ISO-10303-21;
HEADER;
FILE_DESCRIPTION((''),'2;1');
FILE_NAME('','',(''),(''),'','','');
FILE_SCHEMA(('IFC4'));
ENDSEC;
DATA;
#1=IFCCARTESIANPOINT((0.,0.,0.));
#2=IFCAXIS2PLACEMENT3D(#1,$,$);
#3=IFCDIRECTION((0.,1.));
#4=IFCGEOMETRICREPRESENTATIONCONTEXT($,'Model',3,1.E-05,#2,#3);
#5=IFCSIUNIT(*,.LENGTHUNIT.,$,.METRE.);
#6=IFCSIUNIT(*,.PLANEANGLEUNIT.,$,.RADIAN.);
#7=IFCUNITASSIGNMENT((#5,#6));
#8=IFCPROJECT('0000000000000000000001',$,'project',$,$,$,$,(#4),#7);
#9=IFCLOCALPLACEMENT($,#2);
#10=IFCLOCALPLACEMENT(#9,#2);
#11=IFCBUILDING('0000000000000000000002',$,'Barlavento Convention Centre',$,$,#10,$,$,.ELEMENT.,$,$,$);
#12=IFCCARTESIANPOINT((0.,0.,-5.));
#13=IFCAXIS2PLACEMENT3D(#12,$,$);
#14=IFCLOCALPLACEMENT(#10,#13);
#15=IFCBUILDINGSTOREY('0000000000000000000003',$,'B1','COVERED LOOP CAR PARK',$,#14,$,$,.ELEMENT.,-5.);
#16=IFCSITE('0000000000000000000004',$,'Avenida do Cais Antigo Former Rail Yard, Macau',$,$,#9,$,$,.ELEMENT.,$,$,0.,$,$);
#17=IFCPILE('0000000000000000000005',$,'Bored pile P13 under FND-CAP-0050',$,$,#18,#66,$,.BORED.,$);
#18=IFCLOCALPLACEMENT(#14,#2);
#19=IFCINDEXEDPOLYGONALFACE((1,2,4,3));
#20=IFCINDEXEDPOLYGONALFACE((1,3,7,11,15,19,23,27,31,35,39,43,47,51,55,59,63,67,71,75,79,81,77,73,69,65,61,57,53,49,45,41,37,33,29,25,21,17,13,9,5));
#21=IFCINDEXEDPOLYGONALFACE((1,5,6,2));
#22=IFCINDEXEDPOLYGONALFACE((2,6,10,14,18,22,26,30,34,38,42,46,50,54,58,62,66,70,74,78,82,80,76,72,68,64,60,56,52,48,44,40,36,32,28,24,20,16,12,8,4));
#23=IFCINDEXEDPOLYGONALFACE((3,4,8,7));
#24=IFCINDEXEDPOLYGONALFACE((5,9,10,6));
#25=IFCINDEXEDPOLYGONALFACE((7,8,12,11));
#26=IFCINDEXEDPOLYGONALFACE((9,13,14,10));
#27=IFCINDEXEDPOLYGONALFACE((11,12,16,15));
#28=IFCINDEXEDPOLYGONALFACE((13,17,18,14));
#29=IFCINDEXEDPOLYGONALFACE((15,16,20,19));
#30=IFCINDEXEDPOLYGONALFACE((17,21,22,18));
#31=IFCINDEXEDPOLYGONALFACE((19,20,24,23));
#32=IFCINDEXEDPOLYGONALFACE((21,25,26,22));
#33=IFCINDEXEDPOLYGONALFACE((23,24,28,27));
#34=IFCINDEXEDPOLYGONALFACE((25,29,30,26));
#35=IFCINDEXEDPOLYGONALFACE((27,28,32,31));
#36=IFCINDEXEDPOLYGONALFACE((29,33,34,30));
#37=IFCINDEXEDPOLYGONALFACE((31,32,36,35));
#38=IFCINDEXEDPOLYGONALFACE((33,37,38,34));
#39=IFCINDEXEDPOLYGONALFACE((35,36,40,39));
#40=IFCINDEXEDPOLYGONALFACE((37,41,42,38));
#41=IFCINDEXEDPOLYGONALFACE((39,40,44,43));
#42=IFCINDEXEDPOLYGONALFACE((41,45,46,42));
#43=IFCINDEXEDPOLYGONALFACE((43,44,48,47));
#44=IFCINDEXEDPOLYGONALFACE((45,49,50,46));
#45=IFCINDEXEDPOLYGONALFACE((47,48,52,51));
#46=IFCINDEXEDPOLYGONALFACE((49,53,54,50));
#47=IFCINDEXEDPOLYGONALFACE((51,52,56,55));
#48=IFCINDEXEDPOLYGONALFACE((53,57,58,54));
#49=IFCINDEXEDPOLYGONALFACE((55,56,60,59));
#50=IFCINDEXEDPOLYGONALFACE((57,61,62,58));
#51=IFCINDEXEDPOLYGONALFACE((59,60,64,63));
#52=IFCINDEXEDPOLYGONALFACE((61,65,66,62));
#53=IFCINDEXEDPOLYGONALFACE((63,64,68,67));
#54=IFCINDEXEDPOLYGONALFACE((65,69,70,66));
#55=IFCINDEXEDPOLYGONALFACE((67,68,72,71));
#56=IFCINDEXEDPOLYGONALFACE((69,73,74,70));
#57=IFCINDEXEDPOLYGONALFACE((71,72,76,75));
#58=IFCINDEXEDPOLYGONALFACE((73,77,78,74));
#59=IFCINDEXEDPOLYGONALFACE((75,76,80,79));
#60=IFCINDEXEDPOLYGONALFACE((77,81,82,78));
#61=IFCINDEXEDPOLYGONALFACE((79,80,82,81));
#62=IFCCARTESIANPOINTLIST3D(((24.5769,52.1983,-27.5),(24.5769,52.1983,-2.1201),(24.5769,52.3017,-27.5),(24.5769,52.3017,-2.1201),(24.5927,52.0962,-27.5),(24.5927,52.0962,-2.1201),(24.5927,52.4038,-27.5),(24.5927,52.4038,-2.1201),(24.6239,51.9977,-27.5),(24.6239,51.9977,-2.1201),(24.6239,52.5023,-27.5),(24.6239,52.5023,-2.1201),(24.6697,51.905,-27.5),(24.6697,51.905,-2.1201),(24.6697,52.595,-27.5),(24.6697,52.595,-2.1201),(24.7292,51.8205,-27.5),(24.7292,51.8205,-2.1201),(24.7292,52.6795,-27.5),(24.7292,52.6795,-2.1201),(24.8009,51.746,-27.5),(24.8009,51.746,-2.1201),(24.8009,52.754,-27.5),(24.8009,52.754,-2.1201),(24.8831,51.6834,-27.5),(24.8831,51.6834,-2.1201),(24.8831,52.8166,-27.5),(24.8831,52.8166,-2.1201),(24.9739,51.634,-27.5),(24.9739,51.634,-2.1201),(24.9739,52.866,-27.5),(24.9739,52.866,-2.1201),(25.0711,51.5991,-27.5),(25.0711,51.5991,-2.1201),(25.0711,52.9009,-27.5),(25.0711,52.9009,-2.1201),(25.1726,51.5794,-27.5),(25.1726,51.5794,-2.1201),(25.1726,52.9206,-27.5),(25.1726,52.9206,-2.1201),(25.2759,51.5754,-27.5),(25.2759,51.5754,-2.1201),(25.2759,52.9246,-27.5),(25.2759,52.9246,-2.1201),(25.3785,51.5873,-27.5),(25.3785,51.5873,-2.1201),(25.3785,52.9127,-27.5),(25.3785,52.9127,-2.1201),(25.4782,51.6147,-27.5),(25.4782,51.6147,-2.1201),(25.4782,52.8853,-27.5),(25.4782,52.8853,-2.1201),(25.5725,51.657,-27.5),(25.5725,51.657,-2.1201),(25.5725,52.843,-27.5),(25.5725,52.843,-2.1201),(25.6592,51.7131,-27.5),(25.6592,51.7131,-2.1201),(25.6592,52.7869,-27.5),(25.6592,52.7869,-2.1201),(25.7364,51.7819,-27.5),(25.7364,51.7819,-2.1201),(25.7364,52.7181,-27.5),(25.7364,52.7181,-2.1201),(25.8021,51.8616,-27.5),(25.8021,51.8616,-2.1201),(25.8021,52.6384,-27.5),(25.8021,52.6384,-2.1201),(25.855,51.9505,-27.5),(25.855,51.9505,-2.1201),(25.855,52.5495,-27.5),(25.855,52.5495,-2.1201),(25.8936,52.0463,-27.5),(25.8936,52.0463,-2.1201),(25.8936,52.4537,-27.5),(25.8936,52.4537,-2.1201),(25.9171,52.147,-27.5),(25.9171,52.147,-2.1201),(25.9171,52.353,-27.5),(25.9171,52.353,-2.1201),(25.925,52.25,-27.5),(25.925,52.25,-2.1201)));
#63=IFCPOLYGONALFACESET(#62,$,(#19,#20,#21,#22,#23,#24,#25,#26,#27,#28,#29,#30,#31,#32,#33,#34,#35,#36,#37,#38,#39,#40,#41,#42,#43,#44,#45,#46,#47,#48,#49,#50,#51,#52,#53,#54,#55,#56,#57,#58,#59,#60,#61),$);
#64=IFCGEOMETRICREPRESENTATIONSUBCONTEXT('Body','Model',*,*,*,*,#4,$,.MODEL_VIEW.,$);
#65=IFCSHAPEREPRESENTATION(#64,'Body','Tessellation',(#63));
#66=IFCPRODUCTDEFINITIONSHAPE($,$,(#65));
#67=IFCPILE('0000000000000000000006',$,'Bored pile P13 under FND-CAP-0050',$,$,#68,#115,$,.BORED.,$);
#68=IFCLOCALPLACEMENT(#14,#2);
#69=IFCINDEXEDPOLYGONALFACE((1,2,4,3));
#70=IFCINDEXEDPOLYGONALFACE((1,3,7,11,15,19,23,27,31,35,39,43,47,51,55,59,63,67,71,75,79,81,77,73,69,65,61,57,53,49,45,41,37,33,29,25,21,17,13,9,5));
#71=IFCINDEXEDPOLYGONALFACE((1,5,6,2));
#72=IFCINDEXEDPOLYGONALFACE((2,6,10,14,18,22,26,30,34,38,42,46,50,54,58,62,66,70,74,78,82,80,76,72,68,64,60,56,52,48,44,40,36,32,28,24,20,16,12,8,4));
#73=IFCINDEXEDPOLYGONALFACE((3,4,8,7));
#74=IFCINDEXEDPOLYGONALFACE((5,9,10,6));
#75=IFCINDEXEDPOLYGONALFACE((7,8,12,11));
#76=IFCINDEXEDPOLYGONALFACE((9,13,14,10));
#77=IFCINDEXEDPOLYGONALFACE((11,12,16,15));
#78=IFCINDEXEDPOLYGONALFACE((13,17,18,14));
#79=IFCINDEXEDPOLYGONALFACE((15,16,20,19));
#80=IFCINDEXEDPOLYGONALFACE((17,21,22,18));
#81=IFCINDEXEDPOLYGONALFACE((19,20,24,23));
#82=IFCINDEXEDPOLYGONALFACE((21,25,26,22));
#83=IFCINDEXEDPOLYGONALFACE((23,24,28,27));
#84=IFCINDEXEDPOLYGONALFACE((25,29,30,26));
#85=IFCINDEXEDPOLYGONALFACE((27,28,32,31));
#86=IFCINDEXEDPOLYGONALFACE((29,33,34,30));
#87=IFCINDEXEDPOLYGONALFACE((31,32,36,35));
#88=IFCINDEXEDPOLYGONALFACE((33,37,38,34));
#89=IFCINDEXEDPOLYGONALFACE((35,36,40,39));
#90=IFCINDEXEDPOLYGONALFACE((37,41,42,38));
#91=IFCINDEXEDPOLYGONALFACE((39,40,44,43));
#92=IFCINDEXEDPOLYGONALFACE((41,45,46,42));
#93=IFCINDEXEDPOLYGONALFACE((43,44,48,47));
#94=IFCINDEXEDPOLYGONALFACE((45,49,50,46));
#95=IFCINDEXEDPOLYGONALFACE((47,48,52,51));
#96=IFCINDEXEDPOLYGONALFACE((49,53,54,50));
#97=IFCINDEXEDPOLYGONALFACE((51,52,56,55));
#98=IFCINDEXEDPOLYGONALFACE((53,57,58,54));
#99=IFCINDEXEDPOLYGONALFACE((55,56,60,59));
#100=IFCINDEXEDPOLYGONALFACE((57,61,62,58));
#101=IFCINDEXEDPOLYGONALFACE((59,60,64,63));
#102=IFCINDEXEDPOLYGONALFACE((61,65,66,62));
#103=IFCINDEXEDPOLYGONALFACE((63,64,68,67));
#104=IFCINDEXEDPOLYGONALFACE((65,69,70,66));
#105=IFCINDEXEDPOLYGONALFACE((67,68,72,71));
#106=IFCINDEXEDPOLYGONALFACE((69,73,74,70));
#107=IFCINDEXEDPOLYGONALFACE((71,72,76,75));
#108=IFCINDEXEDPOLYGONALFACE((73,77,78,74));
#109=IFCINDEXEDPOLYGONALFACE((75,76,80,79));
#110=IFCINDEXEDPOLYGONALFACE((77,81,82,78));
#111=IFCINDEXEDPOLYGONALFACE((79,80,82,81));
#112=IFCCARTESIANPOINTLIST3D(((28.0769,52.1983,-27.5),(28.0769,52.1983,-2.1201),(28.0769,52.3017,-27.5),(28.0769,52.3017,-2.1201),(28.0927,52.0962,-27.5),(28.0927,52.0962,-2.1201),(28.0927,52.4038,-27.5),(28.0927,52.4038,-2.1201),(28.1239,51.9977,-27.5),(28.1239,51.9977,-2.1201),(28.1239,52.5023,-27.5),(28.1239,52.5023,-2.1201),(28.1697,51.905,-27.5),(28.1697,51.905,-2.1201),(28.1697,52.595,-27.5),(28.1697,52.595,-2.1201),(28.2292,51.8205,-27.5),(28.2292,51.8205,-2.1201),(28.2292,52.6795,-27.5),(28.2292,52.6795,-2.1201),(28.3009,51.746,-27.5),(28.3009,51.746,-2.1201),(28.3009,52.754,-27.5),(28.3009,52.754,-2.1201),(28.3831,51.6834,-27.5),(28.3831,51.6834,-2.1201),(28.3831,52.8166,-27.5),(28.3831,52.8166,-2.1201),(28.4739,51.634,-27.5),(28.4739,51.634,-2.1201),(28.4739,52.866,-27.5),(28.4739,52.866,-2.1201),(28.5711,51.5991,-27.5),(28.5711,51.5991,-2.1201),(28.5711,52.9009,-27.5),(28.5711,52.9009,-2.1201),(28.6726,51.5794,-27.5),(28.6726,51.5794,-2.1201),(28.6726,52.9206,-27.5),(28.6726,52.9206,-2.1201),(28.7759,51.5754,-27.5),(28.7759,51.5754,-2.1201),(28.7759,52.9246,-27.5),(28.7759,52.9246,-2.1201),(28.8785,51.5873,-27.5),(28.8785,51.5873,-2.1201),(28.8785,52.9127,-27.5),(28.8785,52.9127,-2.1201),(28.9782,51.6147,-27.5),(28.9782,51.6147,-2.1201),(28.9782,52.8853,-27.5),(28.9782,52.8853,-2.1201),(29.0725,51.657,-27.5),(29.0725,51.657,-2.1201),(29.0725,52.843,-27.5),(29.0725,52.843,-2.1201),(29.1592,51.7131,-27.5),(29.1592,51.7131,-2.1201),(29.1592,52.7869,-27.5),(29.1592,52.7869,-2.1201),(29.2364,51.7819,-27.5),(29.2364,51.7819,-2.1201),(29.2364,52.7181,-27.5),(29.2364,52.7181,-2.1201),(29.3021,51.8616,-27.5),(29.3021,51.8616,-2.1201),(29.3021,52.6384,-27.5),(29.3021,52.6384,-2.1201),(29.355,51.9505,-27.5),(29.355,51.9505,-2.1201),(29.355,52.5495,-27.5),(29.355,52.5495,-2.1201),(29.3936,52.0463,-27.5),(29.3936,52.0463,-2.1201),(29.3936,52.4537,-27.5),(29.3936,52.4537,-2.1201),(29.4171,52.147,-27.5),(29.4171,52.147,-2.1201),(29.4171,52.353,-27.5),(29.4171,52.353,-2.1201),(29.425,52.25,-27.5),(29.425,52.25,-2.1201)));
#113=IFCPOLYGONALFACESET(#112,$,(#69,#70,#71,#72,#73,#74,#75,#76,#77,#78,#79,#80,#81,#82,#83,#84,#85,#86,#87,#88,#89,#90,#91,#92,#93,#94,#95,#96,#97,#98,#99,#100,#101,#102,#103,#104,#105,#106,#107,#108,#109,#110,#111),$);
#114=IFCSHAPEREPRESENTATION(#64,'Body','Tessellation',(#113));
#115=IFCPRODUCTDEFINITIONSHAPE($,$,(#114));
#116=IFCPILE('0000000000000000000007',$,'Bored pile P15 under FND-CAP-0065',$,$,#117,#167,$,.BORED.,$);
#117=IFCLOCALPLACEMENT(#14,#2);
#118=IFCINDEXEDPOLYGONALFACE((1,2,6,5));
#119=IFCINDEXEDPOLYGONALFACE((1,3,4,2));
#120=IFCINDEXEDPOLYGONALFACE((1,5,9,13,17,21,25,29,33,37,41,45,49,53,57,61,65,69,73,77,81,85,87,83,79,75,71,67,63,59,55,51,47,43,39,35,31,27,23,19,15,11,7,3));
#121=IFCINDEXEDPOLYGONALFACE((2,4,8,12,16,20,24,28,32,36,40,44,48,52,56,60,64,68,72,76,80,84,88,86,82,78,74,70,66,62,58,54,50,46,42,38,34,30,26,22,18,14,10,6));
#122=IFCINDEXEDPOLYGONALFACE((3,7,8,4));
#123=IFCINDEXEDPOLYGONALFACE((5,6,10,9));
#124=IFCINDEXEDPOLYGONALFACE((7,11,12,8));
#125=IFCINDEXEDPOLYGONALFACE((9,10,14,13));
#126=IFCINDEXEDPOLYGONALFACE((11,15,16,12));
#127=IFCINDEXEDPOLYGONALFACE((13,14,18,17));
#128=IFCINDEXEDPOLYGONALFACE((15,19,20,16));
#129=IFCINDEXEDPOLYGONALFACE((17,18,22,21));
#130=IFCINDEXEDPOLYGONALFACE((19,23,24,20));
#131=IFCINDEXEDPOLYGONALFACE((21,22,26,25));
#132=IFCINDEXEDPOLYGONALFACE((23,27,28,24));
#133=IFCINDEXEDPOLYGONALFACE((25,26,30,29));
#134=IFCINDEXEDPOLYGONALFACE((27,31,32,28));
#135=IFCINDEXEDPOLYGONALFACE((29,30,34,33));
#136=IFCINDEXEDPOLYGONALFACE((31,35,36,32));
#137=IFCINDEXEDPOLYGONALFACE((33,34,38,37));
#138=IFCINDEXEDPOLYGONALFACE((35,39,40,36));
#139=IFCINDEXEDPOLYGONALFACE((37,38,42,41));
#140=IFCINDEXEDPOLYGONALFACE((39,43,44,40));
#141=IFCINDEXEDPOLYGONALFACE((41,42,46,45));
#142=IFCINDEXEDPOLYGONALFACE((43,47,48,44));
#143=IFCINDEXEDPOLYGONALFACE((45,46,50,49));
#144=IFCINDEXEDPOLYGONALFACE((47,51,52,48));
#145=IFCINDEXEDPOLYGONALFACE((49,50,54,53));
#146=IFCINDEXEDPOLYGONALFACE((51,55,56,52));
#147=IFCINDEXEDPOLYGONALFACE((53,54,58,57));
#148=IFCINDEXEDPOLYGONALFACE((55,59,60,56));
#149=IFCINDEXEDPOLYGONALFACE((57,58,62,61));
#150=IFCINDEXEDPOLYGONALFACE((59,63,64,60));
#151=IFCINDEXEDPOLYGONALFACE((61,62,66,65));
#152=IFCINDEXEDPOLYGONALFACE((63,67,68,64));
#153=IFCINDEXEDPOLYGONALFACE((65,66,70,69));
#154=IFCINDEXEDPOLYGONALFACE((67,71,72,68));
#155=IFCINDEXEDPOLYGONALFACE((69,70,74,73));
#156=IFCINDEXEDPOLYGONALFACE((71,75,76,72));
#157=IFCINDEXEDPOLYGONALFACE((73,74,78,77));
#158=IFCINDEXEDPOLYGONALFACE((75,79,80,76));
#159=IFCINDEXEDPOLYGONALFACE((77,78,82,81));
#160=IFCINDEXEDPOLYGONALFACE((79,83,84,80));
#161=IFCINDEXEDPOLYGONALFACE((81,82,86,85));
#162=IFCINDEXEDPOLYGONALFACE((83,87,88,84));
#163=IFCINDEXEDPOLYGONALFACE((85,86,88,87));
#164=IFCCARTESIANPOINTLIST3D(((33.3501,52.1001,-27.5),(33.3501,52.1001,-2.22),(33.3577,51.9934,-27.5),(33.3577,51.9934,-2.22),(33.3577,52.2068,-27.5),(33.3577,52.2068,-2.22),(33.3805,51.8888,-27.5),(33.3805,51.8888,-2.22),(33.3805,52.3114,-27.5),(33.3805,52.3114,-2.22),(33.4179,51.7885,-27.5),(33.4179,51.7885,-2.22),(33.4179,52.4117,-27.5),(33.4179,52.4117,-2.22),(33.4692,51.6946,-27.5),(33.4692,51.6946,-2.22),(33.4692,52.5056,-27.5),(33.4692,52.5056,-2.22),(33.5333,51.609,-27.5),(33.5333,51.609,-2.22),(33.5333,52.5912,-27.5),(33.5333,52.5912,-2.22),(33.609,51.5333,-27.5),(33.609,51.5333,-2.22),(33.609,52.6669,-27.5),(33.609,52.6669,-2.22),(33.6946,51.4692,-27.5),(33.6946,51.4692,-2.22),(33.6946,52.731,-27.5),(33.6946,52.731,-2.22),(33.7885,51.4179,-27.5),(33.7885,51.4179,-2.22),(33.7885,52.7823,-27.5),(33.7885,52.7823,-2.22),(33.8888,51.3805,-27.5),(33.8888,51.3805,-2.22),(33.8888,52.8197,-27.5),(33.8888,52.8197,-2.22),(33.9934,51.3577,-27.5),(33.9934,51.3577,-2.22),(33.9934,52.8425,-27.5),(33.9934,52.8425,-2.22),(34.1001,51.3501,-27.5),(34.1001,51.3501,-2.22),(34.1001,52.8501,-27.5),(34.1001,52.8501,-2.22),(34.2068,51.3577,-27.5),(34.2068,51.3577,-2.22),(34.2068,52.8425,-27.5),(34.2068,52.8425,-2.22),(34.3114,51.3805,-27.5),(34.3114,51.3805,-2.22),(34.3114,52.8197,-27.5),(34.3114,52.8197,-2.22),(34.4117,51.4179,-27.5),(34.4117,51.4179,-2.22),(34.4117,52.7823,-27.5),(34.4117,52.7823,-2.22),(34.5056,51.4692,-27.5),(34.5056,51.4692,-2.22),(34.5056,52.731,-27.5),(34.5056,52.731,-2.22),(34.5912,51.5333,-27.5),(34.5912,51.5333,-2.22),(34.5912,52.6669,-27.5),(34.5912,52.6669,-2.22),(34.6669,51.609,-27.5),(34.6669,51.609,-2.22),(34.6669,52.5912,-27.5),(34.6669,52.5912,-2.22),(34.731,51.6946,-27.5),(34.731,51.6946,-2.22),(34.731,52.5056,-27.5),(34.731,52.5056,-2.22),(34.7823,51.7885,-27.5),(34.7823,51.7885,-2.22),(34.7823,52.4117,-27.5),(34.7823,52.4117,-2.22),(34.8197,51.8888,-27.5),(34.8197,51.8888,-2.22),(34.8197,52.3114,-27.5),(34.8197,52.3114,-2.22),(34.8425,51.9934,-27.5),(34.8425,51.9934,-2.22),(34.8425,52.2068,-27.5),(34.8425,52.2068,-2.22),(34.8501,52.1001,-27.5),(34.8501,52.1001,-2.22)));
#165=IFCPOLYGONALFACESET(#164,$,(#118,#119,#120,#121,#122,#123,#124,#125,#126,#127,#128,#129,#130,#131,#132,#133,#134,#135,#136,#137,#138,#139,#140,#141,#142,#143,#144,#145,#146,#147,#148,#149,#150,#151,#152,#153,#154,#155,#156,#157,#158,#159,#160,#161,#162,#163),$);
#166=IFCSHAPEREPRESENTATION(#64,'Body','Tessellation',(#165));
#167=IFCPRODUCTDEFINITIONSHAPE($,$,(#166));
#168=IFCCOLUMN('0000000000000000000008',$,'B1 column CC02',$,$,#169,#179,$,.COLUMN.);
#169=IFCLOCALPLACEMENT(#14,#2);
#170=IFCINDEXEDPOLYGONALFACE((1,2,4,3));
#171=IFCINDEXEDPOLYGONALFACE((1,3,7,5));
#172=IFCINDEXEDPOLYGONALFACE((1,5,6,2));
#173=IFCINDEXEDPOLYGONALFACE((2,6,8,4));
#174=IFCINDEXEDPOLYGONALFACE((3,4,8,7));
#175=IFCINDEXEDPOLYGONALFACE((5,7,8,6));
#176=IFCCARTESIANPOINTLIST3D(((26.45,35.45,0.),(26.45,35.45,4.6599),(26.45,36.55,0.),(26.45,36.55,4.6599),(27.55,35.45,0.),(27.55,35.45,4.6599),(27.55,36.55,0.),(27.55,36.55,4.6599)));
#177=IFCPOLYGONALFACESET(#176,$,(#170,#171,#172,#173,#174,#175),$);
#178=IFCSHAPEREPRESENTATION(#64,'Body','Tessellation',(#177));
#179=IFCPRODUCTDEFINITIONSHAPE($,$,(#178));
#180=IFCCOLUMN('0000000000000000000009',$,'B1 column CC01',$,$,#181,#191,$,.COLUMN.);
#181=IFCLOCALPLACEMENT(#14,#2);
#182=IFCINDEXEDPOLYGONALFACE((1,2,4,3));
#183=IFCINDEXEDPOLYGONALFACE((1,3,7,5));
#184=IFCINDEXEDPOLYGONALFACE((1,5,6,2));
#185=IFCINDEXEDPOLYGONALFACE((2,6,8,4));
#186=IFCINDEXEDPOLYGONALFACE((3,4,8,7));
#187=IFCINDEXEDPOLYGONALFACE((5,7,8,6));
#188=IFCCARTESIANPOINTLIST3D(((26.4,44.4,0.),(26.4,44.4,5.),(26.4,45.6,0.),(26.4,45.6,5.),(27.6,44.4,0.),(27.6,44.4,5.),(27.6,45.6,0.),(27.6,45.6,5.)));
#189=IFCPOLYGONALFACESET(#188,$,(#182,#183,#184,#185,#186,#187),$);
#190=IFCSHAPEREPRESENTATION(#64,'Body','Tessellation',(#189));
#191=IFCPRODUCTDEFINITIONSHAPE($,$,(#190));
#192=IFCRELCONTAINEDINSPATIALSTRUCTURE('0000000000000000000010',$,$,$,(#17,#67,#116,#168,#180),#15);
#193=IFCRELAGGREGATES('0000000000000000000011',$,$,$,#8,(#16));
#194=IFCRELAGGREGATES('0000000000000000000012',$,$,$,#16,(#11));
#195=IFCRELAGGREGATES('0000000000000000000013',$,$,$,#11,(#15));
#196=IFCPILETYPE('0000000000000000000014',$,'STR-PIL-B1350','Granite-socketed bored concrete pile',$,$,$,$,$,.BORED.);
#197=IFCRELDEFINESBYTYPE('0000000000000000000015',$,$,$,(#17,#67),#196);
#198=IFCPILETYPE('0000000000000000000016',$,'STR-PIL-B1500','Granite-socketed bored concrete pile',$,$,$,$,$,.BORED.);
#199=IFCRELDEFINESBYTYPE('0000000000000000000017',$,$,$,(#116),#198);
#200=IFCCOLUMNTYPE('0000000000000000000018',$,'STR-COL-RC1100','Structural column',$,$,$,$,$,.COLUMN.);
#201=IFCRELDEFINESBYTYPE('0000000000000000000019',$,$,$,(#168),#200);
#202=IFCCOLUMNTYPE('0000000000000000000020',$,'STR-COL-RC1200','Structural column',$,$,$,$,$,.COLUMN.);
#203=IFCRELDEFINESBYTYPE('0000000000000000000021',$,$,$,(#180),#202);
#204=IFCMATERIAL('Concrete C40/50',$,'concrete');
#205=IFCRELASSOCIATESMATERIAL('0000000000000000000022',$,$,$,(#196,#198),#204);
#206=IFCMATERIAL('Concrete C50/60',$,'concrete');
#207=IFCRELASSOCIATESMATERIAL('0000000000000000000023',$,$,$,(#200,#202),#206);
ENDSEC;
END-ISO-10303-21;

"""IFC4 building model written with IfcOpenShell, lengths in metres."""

from ifc_helpers import new_model, si_unit, direction, frame, origin, origin_2d, place, context, subcontext, project, spatial, rectangle, circle, extrude, material, material_profile, profile_set, type_object, element, save


model = new_model("IFC4")

# Units and contexts
model_context = context("Model", 3, precision=1e-05, world=origin(), true_north=direction((0.0, 1.0)))
body_context = subcontext(model_context, "Body", "Model", "MODEL_VIEW")
ifc_project = project(units=[si_unit("LENGTHUNIT", "METRE"), si_unit("PLANEANGLEUNIT", "RADIAN")], contexts=[model_context])

# Site, building, storey
site_placement = place(None, origin())
site = spatial("IfcSite", under=ifc_project, at=site_placement, Name="Avenida do Cais Antigo Former Rail Yard, Macau", CompositionType="ELEMENT", RefElevation=0.0)
building_placement = place(site_placement, origin())
building = spatial("IfcBuilding", under=site, at=building_placement, Name="Barlavento Convention Centre", CompositionType="ELEMENT")
storey_placement = place(building_placement, frame((0.0, 0.0, -5.0)))
storey = spatial("IfcBuildingStorey", under=building, at=storey_placement, Name="B1", Description="COVERED LOOP CAR PARK", CompositionType="ELEMENT", Elevation=-5.0)

# Shared definitions
ifc_material_1 = material(Name="Concrete C40/50", Category="concrete")

# Piles
ifc_material_profile_1 = material_profile(ifc_material_1, circle(Radius=0.675, at=origin_2d()), Name="BORED PILE 1350")
ifc_profile_set_1 = profile_set([ifc_material_profile_1], Name="Concrete C40/50")
pile_type_1 = type_object("IfcPileType", Name="STR-PIL-B1350", Description="Granite-socketed bored concrete pile", PredefinedType="BORED", material=ifc_profile_set_1)
for number, where, z_axis, x_axis, name in (
    (1, (25.25, 52.25, -2.1201), (0.0, 0.0, -1.0), (1.0, 0.0, 0.0), "Bored pile P13 under FND-CAP-0050"),
    (2, (28.75, 52.25, -2.1201), (0.0, 0.0, -1.0), (1.0, 0.0, 0.0), "Bored pile P13 under FND-CAP-0050"),
):
    element("IfcPile", number, at=place(storey_placement, frame(where, z_axis=z_axis, x_axis=x_axis)), inside=storey, type_object=pile_type_1, Name=name, PredefinedType="BORED", context=body_context, shape_type="SweptSolid", body=[
        extrude(circle(Radius=0.675, at=origin_2d()), origin(), (0.0, 0.0, 1.0), 25.3799),
    ])
ifc_material_profile_2 = material_profile(ifc_material_1, circle(Radius=0.75, at=origin_2d()), Name="BORED PILE 1500")
ifc_profile_set_2 = profile_set([ifc_material_profile_2], Name="Concrete C40/50")
pile_type_2 = type_object("IfcPileType", Name="STR-PIL-B1500", Description="Granite-socketed bored concrete pile", PredefinedType="BORED", material=ifc_profile_set_2)
pile_placement = place(storey_placement, frame((34.1001, 52.1001, -2.22), z_axis=(0.0, 0.0, -1.0), x_axis=(1.0, 0.0, 0.0)))
element("IfcPile", 3, at=pile_placement, inside=storey, type_object=pile_type_2, Name="Bored pile P15 under FND-CAP-0065", PredefinedType="BORED", context=body_context, shape_type="SweptSolid", body=[
    extrude(circle(Radius=0.75, at=origin_2d()), origin(), (0.0, 0.0, 1.0), 25.28),
])

# Columns
ifc_material_2 = material(Name="Concrete C50/60", Category="concrete")
ifc_material_profile_3 = material_profile(ifc_material_2, rectangle(XDim=1.1001, YDim=1.1001, at=origin_2d()), Name="RC 1100x1100")
ifc_profile_set_3 = profile_set([ifc_material_profile_3], Name="Concrete C50/60")
column_type_1 = type_object("IfcColumnType", Name="STR-COL-RC1100", Description="Structural column", PredefinedType="COLUMN", material=ifc_profile_set_3)
column_1_placement = place(storey_placement, frame((27.0, 36.0, 0.0), z_axis=(0.0, 0.0, 1.0), x_axis=(1.0, 0.0, 0.0)))
element("IfcColumn", 4, at=column_1_placement, inside=storey, type_object=column_type_1, Name="B1 column CC02", PredefinedType="COLUMN", context=body_context, shape_type="SweptSolid", body=[
    extrude(rectangle(XDim=1.1001, YDim=1.1001, at=origin_2d()), origin(), (0.0, 0.0, 1.0), 4.6599),
])
ifc_material_profile_4 = material_profile(ifc_material_2, rectangle(XDim=1.2, YDim=1.2, at=origin_2d()), Name="RC 1200x1200")
ifc_profile_set_4 = profile_set([ifc_material_profile_4], Name="Concrete C50/60")
column_type_2 = type_object("IfcColumnType", Name="STR-COL-RC1200", Description="Structural column", PredefinedType="COLUMN", material=ifc_profile_set_4)
column_2_placement = place(storey_placement, frame((27.0, 45.0, 0.0), z_axis=(0.0, 0.0, 1.0), x_axis=(1.0, 0.0, 0.0)))
element("IfcColumn", 5, at=column_2_placement, inside=storey, type_object=column_type_2, Name="B1 column CC01", PredefinedType="COLUMN", context=body_context, shape_type="SweptSolid", body=[
    extrude(rectangle(XDim=1.2, YDim=1.2, at=origin_2d()), origin(), (0.0, 0.0, 1.0), 5.0),
])

save(model, "model.ifc")
